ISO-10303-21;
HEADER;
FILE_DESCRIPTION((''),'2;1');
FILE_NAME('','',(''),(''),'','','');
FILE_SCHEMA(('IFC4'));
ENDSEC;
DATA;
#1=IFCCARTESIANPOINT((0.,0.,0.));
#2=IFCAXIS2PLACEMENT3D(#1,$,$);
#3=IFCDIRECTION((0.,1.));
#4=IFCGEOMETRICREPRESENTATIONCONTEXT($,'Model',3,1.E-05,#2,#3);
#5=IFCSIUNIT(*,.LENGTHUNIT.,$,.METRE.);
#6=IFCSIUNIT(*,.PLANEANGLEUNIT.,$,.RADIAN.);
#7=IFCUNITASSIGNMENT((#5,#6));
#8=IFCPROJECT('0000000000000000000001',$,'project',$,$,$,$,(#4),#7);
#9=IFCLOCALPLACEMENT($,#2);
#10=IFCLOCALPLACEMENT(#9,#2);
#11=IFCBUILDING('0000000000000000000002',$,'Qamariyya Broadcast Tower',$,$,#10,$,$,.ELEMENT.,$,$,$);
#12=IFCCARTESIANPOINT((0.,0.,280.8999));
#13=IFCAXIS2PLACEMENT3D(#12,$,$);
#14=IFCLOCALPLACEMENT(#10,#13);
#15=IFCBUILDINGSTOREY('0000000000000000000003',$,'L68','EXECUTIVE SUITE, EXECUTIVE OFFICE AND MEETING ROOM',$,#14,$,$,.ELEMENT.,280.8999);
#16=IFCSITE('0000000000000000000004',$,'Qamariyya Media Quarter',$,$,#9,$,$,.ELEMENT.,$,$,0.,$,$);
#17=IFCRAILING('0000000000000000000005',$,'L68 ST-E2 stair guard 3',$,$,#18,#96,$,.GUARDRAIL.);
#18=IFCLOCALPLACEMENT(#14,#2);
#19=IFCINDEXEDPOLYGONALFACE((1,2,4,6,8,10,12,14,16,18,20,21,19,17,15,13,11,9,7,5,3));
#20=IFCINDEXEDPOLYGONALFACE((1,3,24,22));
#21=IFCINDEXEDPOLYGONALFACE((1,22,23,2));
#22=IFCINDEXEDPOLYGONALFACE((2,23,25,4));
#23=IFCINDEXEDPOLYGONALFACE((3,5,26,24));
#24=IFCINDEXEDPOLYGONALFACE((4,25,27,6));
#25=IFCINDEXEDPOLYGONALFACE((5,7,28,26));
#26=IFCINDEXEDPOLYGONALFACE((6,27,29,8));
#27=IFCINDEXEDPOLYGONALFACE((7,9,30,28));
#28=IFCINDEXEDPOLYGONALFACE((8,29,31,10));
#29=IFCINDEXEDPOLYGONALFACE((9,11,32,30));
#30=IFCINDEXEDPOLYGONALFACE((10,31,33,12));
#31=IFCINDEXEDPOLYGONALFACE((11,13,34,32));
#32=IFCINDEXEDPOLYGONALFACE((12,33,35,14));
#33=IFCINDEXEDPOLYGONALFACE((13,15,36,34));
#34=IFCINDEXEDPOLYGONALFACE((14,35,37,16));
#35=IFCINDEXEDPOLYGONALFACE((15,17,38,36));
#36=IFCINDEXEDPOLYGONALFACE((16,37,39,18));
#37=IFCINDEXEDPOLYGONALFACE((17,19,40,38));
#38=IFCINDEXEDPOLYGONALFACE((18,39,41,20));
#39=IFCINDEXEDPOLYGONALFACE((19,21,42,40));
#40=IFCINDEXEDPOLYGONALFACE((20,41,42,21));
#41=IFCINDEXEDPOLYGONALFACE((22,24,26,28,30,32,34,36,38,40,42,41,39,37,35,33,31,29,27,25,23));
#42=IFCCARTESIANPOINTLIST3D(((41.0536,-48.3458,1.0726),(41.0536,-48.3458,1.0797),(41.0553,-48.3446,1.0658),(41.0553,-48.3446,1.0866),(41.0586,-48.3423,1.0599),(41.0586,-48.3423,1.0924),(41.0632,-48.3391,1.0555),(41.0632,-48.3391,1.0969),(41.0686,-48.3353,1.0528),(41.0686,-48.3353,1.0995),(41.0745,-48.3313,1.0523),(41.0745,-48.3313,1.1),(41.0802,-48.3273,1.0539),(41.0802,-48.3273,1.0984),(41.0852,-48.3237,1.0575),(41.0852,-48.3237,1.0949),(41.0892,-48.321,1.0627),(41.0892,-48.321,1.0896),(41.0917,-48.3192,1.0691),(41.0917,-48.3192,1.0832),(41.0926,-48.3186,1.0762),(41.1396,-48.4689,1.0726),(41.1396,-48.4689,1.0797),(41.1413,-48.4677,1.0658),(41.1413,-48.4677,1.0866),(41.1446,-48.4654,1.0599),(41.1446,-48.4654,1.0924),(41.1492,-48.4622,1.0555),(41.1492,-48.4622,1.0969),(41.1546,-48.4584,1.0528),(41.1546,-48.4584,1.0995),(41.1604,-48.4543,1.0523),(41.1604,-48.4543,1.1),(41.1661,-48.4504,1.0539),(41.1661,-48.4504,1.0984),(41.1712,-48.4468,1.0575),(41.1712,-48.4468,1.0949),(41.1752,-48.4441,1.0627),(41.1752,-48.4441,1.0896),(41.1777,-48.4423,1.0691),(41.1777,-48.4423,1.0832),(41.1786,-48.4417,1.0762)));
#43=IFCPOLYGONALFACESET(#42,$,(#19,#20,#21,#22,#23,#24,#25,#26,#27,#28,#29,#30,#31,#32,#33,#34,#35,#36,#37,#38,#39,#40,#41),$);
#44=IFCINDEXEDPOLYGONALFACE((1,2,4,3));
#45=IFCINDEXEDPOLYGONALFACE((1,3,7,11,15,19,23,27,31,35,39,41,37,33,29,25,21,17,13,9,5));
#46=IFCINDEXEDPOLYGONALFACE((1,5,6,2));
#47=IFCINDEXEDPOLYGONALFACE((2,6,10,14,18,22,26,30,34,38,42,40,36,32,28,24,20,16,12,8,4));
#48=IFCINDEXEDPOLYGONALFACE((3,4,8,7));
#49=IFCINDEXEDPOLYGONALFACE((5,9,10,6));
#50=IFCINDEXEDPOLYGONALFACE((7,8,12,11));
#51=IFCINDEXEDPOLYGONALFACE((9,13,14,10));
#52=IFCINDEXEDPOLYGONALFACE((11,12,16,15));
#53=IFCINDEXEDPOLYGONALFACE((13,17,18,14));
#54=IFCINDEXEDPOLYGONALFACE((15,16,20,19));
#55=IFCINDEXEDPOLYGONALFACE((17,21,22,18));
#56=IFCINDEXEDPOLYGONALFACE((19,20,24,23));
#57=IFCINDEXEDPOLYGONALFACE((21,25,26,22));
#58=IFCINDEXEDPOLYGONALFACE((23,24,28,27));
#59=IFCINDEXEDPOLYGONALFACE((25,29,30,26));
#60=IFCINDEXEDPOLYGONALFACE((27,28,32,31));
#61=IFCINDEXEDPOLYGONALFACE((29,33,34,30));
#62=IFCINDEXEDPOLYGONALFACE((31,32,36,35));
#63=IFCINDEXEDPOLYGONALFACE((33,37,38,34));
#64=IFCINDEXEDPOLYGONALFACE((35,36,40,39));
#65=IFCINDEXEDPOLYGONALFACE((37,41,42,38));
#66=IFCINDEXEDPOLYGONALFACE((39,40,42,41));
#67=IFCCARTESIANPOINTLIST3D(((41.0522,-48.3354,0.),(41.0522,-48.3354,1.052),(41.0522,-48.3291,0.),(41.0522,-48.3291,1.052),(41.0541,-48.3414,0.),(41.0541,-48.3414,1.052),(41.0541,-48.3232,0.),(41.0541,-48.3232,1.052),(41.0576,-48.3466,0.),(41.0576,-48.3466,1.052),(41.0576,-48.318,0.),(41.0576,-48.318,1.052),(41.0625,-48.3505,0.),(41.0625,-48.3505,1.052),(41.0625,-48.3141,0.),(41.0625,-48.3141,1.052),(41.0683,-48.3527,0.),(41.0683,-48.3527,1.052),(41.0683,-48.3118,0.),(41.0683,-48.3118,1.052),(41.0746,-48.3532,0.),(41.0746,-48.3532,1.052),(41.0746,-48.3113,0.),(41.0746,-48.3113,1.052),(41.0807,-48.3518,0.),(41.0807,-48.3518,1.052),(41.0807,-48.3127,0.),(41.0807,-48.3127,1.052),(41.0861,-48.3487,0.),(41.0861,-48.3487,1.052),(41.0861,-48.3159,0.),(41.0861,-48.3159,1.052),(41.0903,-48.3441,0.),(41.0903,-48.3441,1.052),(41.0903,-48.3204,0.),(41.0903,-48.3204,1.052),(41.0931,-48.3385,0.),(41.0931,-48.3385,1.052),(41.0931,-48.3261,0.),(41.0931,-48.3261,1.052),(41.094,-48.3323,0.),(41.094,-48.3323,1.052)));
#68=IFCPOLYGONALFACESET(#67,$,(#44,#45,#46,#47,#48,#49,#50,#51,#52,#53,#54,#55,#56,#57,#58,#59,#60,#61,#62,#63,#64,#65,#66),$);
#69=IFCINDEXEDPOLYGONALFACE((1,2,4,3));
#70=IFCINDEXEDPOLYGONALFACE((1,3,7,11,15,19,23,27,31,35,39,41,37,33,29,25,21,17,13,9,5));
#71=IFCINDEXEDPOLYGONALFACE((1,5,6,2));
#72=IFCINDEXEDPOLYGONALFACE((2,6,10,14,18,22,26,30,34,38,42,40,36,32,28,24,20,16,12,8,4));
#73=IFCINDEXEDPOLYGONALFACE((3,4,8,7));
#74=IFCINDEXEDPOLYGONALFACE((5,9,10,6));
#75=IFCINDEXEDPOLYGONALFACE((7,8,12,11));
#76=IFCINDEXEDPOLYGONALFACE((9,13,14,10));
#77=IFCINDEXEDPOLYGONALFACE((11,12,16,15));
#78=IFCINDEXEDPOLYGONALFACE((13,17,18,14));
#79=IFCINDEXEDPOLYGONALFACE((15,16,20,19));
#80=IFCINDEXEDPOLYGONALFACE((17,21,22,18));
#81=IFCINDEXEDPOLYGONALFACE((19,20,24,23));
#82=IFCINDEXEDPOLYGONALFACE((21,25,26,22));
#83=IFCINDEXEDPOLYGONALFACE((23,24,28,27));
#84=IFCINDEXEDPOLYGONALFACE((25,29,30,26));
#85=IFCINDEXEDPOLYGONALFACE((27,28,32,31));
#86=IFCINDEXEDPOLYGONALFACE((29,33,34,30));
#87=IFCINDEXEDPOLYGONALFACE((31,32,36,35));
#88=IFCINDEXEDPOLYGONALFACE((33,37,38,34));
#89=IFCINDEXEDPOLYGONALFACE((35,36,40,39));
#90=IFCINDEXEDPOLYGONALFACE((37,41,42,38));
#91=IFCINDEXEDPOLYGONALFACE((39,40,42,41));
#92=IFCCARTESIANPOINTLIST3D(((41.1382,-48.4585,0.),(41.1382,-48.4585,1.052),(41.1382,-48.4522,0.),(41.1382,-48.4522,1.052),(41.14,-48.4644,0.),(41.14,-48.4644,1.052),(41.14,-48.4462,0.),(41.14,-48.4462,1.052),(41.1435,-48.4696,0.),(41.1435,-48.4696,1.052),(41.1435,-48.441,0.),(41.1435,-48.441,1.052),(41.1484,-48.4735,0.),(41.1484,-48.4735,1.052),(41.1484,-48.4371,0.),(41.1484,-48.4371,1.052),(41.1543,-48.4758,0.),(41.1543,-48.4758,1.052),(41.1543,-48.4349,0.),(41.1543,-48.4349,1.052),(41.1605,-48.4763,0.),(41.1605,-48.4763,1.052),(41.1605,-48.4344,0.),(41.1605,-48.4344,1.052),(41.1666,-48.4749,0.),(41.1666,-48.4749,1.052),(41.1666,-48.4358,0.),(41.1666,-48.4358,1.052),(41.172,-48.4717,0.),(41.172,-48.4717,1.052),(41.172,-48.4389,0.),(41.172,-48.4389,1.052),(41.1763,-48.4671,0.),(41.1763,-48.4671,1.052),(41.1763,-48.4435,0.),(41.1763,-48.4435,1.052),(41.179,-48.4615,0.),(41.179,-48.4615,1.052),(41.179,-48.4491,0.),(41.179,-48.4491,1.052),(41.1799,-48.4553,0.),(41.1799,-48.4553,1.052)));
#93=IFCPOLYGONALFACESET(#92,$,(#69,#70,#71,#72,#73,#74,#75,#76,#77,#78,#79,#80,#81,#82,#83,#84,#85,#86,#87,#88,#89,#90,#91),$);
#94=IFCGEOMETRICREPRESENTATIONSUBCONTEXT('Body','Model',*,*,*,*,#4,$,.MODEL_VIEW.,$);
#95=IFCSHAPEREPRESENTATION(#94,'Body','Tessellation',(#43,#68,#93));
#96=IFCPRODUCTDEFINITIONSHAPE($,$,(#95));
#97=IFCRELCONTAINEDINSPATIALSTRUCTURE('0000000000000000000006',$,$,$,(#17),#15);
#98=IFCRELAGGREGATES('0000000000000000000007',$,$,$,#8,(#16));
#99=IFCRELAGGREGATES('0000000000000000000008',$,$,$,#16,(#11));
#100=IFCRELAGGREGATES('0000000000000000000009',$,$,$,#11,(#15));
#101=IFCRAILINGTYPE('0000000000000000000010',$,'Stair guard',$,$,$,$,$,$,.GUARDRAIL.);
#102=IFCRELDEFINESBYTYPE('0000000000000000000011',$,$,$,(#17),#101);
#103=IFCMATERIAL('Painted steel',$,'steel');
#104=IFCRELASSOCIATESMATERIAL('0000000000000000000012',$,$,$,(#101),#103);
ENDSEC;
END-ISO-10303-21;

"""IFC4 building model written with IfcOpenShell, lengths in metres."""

from ifc_helpers import new_model, si_unit, direction, frame, origin, origin_2d, place, context, subcontext, project, spatial, circle, extrude, material, type_object, element, save


model = new_model("IFC4")

# Units and contexts
model_context = context("Model", 3, precision=1e-05, world=origin(), true_north=direction((0.0, 1.0)))
body_context = subcontext(model_context, "Body", "Model", "MODEL_VIEW")
ifc_project = project(units=[si_unit("LENGTHUNIT", "METRE"), si_unit("PLANEANGLEUNIT", "RADIAN")], contexts=[model_context])

# Site, building, storey
site_placement = place(None, origin())
site = spatial("IfcSite", under=ifc_project, at=site_placement, Name="Qamariyya Media Quarter", CompositionType="ELEMENT", RefElevation=0.0)
building_placement = place(site_placement, origin())
building = spatial("IfcBuilding", under=site, at=building_placement, Name="Qamariyya Broadcast Tower", CompositionType="ELEMENT")
storey_placement = place(building_placement, frame((0.0, 0.0, 280.8999)))
storey = spatial("IfcBuildingStorey", under=building, at=storey_placement, Name="L68", Description="EXECUTIVE SUITE, EXECUTIVE OFFICE AND MEETING ROOM", CompositionType="ELEMENT", Elevation=280.8999)

# Railing
ifc_material_1 = material(Name="Painted steel", Category="steel")
railing_type_1 = type_object("IfcRailingType", Name="Stair guard", PredefinedType="GUARDRAIL", material=ifc_material_1)
railing_1_placement = place(storey_placement, frame((41.073, -48.3323, 0.0)))
element("IfcRailing", 1, at=railing_1_placement, inside=storey, type_object=railing_type_1, Name="L68 ST-E2 stair guard 3", PredefinedType="GUARDRAIL", context=body_context, shape_type="SweptSolid", body=[
    extrude(circle(Radius=0.0239, at=origin_2d()), frame((0.0, 0.0, 1.0762), z_axis=(0.572589, -0.819843, 0.0), x_axis=(0.819843, 0.572589, 0.0)), (0.0, 0.0, 1.0), 0.1501),
    extrude(circle(Radius=0.021, at=origin_2d()), origin(), (0.0, 0.0, 1.0), 1.052),
    extrude(circle(Radius=0.021, at=origin_2d()), frame((0.0859, -0.123, 0.0)), (0.0, 0.0, 1.0), 1.052),
])

save(model, "model.ifc")
